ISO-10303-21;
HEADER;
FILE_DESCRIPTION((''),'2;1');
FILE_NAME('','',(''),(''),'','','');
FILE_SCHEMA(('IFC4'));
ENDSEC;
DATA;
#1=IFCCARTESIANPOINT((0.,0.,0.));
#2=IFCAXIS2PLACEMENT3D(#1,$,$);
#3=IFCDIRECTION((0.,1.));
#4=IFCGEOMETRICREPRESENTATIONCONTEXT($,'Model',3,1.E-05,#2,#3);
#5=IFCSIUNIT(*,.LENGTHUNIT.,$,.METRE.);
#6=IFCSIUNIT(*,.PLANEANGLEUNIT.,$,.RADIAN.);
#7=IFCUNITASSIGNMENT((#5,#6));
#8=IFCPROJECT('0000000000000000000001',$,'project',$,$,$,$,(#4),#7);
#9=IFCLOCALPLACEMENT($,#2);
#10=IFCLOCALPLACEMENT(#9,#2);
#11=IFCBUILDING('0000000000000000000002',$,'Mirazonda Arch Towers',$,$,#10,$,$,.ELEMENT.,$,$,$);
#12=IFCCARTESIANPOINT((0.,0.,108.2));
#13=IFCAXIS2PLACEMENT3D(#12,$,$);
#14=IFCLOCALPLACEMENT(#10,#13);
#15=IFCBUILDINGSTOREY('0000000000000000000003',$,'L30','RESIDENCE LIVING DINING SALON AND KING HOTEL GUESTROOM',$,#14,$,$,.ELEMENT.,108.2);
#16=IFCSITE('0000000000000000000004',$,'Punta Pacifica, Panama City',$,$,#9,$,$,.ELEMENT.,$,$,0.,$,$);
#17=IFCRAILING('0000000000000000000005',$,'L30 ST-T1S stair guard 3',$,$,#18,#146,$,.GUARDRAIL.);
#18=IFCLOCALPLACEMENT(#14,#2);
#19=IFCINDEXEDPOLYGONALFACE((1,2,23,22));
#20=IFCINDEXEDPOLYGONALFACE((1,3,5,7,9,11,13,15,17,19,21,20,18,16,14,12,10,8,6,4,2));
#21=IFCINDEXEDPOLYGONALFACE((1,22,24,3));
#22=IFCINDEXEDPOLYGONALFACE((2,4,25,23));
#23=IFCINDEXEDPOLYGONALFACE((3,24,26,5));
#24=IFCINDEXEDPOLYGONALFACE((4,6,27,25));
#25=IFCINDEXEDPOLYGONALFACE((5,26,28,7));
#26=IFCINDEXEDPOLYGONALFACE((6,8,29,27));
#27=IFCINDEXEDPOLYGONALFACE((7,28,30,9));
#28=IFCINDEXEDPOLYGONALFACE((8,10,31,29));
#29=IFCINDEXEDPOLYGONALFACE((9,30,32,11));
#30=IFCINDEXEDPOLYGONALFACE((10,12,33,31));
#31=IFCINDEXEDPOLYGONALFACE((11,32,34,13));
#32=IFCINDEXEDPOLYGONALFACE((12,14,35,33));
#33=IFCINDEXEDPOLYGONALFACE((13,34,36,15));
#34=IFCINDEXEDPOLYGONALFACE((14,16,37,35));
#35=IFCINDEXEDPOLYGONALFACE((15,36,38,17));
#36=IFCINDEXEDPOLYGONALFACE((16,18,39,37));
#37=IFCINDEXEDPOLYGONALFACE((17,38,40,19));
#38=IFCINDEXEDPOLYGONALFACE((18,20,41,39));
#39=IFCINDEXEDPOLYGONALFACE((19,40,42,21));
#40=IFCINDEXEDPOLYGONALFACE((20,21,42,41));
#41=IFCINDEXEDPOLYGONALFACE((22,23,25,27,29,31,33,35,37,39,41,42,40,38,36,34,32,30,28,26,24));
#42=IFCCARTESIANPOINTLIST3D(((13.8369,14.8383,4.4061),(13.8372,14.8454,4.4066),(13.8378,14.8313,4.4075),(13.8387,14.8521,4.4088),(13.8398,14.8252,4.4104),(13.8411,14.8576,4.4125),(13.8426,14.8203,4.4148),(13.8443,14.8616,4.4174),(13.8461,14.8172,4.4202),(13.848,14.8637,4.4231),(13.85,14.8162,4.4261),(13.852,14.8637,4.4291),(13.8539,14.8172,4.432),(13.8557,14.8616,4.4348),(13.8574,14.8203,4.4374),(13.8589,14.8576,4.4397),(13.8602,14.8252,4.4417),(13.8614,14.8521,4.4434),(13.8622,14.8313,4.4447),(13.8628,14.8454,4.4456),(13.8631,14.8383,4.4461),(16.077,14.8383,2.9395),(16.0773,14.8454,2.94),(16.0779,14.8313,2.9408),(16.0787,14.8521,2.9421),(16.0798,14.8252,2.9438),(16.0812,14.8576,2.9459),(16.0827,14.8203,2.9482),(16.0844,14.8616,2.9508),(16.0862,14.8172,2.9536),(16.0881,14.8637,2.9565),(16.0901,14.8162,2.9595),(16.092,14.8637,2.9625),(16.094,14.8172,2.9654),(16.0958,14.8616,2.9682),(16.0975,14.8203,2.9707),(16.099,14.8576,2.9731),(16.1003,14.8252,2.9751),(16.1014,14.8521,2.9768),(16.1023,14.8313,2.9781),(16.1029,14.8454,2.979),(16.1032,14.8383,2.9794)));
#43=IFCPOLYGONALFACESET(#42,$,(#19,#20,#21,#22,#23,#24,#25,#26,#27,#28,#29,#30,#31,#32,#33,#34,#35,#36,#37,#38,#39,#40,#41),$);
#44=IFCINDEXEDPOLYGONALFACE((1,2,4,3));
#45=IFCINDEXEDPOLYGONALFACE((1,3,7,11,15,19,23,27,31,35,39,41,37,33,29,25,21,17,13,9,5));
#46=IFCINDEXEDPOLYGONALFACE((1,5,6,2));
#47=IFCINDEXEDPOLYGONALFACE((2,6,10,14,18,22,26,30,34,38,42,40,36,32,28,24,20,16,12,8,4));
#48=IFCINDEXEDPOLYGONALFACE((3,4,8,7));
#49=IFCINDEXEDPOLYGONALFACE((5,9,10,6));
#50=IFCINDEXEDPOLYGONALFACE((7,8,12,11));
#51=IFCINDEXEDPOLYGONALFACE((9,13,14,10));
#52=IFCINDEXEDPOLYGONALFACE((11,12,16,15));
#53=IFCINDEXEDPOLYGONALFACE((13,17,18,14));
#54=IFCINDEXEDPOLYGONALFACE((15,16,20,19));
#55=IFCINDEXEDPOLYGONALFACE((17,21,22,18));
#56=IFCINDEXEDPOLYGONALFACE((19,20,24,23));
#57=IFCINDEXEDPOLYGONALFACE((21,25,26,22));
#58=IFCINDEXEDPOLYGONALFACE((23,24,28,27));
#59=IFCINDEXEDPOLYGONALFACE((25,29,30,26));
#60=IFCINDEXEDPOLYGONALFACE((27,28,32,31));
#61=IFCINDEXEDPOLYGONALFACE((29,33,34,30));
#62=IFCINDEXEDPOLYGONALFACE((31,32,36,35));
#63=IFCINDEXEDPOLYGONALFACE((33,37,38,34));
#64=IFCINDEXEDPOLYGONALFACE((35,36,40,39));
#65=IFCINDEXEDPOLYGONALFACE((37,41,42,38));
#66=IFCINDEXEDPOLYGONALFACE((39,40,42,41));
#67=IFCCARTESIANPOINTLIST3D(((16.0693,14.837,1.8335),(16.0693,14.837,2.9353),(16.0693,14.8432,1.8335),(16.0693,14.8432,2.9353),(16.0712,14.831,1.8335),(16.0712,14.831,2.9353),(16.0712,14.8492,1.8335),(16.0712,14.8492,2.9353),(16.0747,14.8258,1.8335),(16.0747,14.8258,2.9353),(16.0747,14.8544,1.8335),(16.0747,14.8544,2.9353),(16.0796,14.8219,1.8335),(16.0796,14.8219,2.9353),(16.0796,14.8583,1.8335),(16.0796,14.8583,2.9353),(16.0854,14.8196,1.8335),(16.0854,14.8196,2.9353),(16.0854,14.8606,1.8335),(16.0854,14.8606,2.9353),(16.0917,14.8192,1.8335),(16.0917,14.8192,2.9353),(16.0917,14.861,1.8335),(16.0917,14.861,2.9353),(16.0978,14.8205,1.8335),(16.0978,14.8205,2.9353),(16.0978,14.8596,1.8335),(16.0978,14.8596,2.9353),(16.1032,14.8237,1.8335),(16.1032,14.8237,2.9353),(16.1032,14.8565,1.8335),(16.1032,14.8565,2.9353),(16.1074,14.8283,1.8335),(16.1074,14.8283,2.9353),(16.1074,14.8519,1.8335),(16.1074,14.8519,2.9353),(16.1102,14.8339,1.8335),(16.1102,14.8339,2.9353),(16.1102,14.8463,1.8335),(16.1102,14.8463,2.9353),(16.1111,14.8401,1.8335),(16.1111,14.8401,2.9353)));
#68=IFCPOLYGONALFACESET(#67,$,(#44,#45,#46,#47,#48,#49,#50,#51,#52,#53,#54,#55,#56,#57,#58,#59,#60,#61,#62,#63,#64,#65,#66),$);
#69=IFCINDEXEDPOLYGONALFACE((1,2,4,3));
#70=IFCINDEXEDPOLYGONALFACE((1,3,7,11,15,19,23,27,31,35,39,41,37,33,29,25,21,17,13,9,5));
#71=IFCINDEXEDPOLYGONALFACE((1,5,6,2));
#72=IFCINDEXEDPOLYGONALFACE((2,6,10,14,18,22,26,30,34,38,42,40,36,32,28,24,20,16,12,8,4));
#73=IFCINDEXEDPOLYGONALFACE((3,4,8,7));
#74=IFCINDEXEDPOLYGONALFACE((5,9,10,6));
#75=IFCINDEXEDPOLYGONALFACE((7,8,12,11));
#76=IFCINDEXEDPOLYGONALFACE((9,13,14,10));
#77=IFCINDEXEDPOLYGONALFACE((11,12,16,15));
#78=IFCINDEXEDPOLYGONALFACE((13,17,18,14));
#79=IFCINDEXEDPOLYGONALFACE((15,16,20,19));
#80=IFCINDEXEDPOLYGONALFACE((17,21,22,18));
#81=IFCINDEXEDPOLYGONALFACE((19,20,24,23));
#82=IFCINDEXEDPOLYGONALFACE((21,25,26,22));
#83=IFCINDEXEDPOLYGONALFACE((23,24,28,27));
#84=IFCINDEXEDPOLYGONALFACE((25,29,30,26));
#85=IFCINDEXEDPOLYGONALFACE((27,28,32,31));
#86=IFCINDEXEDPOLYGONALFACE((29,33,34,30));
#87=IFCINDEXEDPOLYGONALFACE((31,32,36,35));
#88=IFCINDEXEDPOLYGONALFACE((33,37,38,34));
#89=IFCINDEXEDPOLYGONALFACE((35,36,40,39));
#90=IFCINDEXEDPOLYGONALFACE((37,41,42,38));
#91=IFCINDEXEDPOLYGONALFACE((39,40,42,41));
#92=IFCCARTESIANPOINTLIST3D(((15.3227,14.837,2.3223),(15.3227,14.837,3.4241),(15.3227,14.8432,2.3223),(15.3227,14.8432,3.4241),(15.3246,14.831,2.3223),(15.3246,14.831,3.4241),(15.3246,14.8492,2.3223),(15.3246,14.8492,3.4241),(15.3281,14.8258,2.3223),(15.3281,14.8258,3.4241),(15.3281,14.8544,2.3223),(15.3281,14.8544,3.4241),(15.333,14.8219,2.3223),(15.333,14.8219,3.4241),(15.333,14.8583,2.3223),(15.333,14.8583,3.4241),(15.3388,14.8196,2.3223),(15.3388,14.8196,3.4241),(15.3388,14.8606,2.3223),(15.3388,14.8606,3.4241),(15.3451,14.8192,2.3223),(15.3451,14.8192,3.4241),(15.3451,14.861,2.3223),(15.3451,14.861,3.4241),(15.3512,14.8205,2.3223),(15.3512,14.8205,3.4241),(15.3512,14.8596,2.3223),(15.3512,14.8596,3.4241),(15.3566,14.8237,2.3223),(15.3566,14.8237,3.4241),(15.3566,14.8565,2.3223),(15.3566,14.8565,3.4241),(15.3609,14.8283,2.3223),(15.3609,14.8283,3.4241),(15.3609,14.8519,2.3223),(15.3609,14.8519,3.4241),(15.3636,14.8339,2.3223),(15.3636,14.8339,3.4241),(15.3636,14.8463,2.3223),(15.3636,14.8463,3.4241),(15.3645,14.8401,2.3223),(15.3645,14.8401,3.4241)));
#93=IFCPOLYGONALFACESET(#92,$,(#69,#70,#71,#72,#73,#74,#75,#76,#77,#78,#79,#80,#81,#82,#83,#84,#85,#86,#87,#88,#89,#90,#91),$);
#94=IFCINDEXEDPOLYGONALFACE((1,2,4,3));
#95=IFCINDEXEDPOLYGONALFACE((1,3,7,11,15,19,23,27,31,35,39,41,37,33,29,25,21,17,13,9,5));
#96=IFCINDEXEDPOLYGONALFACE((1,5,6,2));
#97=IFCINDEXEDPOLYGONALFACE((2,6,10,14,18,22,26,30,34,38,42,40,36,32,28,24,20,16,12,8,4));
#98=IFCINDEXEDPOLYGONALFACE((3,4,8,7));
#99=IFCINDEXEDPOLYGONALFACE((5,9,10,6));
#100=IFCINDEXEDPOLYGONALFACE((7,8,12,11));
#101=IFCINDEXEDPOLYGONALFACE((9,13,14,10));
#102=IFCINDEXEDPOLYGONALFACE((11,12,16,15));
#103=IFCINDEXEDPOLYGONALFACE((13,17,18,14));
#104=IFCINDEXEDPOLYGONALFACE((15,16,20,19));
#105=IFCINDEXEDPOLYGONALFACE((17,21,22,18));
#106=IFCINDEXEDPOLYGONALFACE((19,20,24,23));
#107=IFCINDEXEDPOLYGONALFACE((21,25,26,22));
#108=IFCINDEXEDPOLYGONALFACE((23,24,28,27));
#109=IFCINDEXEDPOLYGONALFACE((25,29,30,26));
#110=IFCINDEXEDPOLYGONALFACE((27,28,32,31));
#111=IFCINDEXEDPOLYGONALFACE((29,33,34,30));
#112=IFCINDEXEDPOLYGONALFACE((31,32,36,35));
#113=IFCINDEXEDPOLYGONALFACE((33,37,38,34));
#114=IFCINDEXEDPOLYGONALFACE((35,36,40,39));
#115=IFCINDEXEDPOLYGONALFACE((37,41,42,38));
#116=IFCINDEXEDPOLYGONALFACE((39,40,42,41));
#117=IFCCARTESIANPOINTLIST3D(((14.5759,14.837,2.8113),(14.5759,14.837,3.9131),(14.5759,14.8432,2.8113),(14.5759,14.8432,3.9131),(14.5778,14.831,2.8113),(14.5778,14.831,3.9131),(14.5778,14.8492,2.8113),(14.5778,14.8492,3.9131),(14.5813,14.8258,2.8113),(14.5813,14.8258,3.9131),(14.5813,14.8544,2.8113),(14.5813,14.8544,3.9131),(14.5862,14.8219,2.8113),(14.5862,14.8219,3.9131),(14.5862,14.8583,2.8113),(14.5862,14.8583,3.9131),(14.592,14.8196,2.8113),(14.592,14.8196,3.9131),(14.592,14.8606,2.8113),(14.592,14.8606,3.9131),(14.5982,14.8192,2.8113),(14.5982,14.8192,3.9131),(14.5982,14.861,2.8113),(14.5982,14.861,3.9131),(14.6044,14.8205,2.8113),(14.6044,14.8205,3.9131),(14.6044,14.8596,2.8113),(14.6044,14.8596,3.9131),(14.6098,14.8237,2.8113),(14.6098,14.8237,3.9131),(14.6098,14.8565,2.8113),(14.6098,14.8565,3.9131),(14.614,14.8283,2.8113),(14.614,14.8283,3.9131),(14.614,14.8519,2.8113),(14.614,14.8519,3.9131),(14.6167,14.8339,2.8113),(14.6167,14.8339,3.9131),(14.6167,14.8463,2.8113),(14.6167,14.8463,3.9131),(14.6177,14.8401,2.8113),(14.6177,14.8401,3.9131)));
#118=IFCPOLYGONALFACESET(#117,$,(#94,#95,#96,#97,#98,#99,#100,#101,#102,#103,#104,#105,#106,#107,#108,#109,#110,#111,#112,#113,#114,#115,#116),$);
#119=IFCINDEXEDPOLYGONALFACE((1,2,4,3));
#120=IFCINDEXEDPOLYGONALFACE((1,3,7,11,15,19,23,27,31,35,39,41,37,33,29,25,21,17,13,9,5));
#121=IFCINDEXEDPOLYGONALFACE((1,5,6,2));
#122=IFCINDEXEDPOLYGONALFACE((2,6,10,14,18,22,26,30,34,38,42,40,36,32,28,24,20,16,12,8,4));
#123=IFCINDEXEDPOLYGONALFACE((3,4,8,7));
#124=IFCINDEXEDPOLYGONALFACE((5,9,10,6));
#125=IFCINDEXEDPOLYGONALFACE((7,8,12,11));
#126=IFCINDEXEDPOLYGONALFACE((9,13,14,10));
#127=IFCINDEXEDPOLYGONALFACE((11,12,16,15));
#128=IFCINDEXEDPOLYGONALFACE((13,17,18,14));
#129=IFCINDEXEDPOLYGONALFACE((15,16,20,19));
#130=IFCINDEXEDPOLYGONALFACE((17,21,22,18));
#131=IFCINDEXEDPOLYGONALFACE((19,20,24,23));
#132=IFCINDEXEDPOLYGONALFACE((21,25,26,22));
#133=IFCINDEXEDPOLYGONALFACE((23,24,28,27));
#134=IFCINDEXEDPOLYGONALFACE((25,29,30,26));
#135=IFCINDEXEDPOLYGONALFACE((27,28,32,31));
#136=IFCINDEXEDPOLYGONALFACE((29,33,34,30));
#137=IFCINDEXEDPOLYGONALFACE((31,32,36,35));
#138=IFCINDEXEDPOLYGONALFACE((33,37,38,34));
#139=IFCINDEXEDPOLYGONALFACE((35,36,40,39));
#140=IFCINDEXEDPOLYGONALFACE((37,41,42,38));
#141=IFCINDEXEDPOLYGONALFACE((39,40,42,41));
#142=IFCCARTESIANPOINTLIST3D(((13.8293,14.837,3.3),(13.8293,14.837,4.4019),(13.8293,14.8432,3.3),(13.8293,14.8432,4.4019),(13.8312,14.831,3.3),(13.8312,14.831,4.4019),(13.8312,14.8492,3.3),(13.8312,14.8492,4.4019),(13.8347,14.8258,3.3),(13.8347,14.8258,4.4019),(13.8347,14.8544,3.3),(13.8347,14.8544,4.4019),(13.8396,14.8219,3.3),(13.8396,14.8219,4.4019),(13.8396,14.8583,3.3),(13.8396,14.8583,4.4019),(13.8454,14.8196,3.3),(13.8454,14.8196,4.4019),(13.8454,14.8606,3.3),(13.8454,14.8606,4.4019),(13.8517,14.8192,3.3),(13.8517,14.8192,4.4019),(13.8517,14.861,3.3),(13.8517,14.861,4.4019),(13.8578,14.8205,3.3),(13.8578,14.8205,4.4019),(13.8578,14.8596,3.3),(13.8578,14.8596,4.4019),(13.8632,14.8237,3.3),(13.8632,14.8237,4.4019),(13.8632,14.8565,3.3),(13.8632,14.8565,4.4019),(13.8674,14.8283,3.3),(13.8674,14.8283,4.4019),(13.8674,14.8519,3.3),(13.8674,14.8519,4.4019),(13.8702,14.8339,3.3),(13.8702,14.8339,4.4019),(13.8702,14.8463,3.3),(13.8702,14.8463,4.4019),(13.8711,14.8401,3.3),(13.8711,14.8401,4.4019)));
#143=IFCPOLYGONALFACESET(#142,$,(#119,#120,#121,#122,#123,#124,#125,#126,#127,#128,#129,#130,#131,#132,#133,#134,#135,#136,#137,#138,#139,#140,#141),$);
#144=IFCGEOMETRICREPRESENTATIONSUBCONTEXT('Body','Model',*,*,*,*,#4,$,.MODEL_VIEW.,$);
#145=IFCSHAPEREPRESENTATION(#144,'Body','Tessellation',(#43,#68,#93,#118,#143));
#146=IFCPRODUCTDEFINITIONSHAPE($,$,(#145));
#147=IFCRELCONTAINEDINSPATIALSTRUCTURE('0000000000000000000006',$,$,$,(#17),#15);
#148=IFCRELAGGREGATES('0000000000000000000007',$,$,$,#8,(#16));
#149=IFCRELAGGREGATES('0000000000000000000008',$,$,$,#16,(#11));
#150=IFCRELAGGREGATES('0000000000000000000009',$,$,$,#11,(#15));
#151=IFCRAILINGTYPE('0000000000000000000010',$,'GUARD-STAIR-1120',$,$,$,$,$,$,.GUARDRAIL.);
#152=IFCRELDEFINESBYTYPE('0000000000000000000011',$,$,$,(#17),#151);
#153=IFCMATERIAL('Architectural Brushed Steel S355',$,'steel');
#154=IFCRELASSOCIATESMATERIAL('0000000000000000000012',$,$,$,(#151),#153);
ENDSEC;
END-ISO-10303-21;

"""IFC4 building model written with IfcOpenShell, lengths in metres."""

from ifc_helpers import new_model, si_unit, direction, frame, origin, origin_2d, place, context, subcontext, project, spatial, circle, extrude, material, type_object, element, save


model = new_model("IFC4")

# Units and contexts
model_context = context("Model", 3, precision=1e-05, world=origin(), true_north=direction((0.0, 1.0)))
body_context = subcontext(model_context, "Body", "Model", "MODEL_VIEW")
ifc_project = project(units=[si_unit("LENGTHUNIT", "METRE"), si_unit("PLANEANGLEUNIT", "RADIAN")], contexts=[model_context])

# Site, building, storey
site_placement = place(None, origin())
site = spatial("IfcSite", under=ifc_project, at=site_placement, Name="Punta Pacifica, Panama City", CompositionType="ELEMENT", RefElevation=0.0)
building_placement = place(site_placement, origin())
building = spatial("IfcBuilding", under=site, at=building_placement, Name="Mirazonda Arch Towers", CompositionType="ELEMENT")
storey_placement = place(building_placement, frame((0.0, 0.0, 108.2)))
storey = spatial("IfcBuildingStorey", under=building, at=storey_placement, Name="L30", Description="RESIDENCE LIVING DINING SALON AND KING HOTEL GUESTROOM", CompositionType="ELEMENT", Elevation=108.2)

# Shared definitions
ifc_material_1 = material(Name="Architectural Brushed Steel S355", Category="steel")

# Railing
railing_type_1 = type_object("IfcRailingType", Name="GUARD-STAIR-1120", PredefinedType="GUARDRAIL", material=ifc_material_1)
railing_1_placement = place(storey_placement, frame((16.0901, 14.8401, 1.8335)))
element("IfcRailing", 1, at=railing_1_placement, inside=storey, type_object=railing_type_1, Name="L30 ST-T1S stair guard 3", PredefinedType="GUARDRAIL", context=body_context, shape_type="SweptSolid", body=[
    extrude(circle(Radius=0.0239, at=origin_2d()), frame((0.0, 0.0, 1.126), z_axis=(-0.836637, 0.0, 0.547758), x_axis=(0.0, -1.0, 0.0)), (0.0, 0.0, 1.0), 2.6775),
    extrude(circle(Radius=0.021, at=origin_2d()), origin(), (0.0, 0.0, 1.0), 1.1018),
    extrude(circle(Radius=0.021, at=origin_2d()), frame((-0.7466, 0.0, 0.4888)), (0.0, 0.0, 1.0), 1.1018),
    extrude(circle(Radius=0.021, at=origin_2d()), frame((-1.4934, 0.0, 0.9778)), (0.0, 0.0, 1.0), 1.1018),
    extrude(circle(Radius=0.021, at=origin_2d()), frame((-2.24, 0.0, 1.4666)), (0.0, 0.0, 1.0), 1.1018),
])

save(model, "model.ifc")
